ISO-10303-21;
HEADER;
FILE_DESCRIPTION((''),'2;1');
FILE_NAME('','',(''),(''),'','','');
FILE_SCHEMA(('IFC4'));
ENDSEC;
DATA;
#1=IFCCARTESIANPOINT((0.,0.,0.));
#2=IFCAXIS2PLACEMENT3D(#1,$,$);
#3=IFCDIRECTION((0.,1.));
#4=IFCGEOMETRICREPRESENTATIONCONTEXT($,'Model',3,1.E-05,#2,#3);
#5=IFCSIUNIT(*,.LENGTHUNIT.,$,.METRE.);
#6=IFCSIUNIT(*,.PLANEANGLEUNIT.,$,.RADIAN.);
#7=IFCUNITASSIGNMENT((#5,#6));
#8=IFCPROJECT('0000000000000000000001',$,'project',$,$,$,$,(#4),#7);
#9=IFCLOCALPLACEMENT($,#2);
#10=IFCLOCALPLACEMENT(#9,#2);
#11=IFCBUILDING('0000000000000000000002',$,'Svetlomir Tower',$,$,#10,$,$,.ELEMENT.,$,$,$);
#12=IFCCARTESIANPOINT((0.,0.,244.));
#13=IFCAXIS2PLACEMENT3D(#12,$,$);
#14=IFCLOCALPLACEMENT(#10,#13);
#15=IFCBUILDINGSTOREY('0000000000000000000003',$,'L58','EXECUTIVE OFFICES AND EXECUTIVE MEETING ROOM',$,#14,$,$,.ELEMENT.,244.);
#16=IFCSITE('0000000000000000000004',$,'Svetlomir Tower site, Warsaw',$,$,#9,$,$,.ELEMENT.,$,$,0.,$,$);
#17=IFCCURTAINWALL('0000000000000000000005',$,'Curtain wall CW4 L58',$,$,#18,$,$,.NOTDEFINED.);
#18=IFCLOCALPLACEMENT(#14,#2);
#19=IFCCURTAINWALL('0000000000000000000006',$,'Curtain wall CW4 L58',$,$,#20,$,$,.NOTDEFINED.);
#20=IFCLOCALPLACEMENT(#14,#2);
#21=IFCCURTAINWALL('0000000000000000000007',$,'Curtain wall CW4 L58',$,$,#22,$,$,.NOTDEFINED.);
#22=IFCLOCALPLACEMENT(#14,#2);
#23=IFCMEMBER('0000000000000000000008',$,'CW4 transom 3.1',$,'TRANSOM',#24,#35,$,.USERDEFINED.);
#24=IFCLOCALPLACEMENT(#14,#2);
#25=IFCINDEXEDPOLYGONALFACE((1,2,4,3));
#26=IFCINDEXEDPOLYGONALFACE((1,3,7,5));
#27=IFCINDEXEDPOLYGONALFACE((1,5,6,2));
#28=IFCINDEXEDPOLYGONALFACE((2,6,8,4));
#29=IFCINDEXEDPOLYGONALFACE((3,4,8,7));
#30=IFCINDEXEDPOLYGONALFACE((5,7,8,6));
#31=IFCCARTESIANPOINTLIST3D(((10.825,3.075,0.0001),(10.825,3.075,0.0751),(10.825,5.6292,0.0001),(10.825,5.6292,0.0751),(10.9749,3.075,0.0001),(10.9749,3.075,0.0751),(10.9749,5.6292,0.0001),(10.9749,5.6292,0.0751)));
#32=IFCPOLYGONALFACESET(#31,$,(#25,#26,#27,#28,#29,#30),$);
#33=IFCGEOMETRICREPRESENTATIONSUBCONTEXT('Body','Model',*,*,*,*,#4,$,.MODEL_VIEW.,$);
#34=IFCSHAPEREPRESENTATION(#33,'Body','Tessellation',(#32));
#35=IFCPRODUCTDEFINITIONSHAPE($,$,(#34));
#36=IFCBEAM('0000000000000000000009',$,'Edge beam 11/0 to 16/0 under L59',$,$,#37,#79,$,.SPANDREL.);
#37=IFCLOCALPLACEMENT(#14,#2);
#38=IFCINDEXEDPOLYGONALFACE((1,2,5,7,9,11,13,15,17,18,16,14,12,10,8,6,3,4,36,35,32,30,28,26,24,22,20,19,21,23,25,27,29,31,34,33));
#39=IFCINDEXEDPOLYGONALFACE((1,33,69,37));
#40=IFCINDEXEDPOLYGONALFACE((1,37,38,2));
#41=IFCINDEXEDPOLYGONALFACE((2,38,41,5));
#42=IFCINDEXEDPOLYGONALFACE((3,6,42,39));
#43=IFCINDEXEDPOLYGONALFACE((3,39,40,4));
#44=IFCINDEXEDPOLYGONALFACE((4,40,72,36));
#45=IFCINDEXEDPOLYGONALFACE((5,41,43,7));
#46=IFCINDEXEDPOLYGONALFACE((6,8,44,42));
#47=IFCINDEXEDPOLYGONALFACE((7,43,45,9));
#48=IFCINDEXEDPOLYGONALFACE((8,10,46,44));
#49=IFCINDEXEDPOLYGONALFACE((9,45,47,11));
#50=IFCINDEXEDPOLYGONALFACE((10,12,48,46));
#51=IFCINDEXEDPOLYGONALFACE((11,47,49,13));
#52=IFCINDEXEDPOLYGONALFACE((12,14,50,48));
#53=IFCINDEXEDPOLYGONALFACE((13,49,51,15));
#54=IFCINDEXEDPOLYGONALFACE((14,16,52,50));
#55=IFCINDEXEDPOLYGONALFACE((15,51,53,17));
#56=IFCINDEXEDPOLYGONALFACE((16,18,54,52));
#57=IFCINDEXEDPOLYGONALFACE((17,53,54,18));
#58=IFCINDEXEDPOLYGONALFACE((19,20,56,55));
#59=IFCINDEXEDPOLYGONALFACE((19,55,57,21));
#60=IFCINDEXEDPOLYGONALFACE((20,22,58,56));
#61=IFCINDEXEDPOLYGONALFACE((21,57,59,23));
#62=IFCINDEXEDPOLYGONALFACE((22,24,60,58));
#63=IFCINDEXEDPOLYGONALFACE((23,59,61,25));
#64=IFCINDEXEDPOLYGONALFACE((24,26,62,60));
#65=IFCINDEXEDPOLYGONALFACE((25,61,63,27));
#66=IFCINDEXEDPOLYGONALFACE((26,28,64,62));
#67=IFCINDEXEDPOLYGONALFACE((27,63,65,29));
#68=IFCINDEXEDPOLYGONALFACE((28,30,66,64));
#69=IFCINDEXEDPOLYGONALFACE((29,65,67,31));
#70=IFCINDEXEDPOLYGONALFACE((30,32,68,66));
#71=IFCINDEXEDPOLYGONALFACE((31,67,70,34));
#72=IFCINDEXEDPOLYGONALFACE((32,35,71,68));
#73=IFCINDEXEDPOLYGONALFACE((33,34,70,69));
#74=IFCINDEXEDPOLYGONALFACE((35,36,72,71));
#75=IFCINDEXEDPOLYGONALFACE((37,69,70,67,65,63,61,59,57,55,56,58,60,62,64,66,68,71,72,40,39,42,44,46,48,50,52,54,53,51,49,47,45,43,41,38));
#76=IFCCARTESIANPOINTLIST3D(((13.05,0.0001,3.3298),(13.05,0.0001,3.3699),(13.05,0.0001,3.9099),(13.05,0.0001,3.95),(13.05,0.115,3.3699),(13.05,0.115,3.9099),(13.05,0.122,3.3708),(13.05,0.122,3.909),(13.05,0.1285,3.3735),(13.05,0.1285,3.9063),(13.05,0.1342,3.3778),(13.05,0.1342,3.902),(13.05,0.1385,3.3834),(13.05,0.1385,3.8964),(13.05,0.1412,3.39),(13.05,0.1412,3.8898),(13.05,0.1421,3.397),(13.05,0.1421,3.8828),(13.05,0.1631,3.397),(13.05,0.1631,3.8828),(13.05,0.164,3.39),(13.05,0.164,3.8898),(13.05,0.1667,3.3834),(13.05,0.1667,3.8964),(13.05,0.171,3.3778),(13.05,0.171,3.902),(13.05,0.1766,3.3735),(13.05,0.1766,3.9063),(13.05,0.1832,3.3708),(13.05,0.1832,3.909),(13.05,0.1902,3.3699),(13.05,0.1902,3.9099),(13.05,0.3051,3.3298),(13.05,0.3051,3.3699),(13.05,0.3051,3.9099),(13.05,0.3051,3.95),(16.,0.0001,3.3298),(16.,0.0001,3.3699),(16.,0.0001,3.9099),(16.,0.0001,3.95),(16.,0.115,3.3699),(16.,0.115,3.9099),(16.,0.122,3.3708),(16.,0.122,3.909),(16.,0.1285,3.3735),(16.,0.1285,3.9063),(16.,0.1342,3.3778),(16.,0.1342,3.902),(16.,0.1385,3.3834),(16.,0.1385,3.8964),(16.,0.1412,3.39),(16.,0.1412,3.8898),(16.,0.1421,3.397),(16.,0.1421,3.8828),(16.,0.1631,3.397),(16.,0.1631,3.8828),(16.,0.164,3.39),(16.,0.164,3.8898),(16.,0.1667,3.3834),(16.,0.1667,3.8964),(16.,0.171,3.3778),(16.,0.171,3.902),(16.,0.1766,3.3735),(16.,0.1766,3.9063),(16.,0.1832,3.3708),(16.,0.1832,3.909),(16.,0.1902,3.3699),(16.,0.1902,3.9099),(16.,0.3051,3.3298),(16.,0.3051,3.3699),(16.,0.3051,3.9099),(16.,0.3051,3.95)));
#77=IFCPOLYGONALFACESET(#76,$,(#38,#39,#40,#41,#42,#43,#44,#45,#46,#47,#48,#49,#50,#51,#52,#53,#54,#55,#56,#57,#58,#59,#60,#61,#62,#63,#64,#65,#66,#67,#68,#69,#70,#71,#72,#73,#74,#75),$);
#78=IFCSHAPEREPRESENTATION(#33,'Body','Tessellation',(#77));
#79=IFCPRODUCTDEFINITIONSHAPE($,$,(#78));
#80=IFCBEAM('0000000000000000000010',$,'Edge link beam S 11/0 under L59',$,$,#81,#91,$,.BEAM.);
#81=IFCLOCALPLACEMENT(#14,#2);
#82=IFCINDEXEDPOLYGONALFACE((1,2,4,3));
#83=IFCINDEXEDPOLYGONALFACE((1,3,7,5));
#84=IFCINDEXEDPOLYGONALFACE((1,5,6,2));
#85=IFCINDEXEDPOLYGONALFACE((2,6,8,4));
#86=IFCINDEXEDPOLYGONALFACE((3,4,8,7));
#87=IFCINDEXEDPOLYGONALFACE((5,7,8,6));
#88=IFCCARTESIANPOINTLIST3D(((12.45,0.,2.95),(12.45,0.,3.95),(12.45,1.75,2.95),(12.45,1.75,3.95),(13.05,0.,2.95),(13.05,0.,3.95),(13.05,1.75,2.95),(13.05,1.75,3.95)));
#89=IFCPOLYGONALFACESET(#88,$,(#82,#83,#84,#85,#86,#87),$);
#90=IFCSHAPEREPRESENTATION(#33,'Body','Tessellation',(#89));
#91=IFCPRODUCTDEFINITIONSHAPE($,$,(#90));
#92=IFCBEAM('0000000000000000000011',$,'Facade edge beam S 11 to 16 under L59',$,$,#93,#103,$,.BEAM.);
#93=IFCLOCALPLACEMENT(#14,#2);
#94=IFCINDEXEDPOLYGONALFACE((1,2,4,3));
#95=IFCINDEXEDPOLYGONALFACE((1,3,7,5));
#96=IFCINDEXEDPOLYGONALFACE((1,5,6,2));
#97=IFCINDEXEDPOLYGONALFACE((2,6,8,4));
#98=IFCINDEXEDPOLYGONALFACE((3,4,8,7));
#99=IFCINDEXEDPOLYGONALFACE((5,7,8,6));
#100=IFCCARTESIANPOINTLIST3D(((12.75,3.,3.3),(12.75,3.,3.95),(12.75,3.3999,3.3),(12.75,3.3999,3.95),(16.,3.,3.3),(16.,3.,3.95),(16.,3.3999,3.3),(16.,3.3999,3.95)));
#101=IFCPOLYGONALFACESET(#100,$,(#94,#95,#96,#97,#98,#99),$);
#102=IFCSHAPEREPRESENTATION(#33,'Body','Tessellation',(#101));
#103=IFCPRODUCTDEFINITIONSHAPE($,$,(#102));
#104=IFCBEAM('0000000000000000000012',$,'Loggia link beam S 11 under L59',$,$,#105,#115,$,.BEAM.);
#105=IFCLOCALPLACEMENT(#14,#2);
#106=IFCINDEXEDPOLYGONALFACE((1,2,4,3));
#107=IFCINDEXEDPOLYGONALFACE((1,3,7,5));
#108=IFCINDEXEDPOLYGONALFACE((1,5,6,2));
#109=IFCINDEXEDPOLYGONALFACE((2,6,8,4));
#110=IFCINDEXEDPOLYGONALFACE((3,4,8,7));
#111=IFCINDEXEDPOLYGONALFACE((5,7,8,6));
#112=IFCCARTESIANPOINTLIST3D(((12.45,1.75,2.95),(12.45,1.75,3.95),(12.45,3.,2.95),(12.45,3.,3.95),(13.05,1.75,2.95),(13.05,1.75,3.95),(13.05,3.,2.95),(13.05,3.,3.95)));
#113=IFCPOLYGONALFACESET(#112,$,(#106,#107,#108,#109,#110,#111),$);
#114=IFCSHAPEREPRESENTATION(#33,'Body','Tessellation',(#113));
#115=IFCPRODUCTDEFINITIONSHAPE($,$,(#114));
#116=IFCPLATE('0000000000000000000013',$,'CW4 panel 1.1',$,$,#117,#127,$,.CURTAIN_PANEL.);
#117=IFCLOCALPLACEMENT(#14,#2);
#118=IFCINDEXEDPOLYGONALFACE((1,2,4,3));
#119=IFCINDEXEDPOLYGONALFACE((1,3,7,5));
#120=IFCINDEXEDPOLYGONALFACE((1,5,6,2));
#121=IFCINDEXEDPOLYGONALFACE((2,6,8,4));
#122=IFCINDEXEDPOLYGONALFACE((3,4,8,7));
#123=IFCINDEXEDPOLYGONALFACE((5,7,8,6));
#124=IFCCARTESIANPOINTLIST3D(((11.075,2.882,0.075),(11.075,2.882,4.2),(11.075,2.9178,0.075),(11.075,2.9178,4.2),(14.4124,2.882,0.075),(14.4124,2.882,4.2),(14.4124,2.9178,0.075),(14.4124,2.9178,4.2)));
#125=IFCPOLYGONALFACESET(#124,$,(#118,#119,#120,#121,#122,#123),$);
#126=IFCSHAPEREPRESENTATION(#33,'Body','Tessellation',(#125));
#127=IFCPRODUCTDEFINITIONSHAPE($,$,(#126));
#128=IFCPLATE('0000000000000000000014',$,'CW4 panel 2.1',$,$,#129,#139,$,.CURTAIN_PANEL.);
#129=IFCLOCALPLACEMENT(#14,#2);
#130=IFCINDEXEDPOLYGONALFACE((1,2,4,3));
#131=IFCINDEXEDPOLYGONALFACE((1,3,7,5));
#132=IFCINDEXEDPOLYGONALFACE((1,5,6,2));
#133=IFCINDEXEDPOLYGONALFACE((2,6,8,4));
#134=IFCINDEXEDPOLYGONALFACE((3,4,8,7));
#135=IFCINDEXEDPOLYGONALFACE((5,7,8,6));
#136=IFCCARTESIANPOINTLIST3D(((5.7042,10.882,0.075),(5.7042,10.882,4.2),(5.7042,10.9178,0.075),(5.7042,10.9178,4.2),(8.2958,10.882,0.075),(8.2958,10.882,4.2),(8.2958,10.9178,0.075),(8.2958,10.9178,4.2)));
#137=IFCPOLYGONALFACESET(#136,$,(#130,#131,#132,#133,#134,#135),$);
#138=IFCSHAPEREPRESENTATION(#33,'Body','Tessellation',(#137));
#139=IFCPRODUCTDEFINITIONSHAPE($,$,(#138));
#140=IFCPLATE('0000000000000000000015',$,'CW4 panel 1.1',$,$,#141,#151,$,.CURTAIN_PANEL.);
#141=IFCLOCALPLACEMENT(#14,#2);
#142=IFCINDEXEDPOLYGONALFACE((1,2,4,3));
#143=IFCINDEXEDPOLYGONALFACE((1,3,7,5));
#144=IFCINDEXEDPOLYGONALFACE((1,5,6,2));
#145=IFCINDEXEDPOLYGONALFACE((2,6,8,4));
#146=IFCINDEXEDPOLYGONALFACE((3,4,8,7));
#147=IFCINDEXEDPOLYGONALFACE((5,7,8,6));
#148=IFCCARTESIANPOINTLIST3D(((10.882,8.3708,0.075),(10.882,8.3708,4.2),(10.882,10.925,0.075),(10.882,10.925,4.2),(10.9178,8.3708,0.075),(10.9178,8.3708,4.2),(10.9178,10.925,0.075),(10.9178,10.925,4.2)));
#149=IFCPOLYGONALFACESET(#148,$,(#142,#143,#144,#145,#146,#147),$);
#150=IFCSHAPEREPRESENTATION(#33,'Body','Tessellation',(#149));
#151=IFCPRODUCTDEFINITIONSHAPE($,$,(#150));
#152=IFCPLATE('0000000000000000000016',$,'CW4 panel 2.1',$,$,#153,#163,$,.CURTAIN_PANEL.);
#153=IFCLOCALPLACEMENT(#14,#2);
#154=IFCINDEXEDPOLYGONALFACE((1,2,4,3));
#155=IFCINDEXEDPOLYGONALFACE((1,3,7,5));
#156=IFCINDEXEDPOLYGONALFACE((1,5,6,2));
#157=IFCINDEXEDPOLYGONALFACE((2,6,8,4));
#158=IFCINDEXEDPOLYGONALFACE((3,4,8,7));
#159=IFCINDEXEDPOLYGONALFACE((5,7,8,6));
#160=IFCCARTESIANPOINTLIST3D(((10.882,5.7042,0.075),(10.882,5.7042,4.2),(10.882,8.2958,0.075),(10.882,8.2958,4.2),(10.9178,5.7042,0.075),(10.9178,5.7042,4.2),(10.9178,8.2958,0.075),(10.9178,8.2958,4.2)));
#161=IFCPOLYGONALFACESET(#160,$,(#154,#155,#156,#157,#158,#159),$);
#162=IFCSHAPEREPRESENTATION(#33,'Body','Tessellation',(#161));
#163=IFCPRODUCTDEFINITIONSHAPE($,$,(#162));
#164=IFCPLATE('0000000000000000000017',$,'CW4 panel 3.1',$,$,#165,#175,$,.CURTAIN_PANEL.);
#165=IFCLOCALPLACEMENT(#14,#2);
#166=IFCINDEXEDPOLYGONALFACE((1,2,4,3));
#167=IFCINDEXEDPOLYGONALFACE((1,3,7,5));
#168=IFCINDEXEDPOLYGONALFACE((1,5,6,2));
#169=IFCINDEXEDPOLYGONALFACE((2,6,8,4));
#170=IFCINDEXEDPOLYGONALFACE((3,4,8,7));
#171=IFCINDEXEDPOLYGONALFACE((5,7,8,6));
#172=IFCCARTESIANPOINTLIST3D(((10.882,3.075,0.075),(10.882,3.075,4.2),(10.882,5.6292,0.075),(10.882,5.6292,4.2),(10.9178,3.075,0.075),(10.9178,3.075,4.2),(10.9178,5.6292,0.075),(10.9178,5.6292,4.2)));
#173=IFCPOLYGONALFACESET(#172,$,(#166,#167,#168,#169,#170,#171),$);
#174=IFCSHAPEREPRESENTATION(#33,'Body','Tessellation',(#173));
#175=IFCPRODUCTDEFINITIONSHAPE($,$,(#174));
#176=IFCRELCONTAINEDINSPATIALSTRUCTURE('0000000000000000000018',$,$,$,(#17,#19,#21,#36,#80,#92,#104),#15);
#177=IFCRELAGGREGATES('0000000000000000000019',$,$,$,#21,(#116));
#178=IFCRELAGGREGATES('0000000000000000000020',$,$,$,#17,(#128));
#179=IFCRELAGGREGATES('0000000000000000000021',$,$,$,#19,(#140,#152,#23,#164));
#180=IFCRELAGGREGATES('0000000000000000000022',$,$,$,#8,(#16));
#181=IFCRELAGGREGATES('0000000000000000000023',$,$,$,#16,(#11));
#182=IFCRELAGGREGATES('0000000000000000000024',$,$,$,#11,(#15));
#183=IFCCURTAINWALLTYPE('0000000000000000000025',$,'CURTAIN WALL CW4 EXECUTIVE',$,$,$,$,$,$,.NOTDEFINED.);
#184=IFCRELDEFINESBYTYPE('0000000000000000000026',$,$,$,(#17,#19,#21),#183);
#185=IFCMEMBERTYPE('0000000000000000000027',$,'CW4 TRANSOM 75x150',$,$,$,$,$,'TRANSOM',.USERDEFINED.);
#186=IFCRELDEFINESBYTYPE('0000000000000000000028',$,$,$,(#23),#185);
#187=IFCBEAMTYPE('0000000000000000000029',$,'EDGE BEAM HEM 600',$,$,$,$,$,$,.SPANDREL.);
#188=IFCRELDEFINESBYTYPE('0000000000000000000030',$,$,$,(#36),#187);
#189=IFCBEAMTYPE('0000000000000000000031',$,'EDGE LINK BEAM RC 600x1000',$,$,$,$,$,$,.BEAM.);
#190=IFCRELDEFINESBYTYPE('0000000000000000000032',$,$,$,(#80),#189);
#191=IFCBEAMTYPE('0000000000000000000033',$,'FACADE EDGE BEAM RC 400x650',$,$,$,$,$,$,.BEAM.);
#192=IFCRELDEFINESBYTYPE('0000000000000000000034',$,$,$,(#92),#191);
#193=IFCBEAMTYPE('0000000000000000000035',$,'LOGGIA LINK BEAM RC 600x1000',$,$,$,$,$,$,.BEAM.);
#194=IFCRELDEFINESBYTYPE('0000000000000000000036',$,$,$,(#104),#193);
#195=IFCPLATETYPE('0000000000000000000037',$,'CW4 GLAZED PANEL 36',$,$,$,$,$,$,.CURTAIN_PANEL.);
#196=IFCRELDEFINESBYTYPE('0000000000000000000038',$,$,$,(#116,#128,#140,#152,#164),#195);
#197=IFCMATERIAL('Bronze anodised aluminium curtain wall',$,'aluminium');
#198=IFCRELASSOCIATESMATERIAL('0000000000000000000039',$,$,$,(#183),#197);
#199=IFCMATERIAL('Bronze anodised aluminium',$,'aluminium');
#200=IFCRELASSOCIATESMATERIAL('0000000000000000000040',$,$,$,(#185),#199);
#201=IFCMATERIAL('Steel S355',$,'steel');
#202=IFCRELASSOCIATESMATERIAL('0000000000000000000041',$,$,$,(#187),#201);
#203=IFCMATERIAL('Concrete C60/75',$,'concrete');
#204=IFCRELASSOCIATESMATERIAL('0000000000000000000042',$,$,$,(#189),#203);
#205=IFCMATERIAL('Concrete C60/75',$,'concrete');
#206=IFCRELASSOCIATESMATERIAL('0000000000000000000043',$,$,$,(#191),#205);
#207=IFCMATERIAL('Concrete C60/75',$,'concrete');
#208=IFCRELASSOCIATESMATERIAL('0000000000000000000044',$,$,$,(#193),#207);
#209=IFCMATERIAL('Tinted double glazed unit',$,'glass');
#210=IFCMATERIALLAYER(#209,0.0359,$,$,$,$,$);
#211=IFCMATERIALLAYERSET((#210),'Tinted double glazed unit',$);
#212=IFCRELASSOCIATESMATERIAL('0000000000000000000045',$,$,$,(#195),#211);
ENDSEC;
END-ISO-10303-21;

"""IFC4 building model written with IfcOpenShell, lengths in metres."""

from ifc_helpers import new_model, si_unit, direction, frame, origin, origin_2d, place, context, subcontext, project, spatial, rectangle, i_section, extrude, material, layer, layer_set, material_profile, profile_set, type_object, element, aggregate, save


model = new_model("IFC4")

# Units and contexts
model_context = context("Model", 3, precision=1e-05, world=origin(), true_north=direction((0.0, 1.0)))
body_context = subcontext(model_context, "Body", "Model", "MODEL_VIEW")
ifc_project = project(units=[si_unit("LENGTHUNIT", "METRE"), si_unit("PLANEANGLEUNIT", "RADIAN")], contexts=[model_context])

# Site, building, storey
site_placement = place(None, origin())
site = spatial("IfcSite", under=ifc_project, at=site_placement, Name="Svetlomir Tower site, Warsaw", CompositionType="ELEMENT", RefElevation=0.0)
building_placement = place(site_placement, origin())
building = spatial("IfcBuilding", under=site, at=building_placement, Name="Svetlomir Tower", CompositionType="ELEMENT")
storey_placement = place(building_placement, frame((0.0, 0.0, 244.0)))
storey = spatial("IfcBuildingStorey", under=building, at=storey_placement, Name="L58", Description="EXECUTIVE OFFICES AND EXECUTIVE MEETING ROOM", CompositionType="ELEMENT", Elevation=244.0)

# Curtain walls
ifc_material_1 = material(Name="Bronze anodised aluminium curtain wall", Category="aluminium")
curtain_wall_type = type_object("IfcCurtainWallType", Name="CURTAIN WALL CW4 EXECUTIVE", PredefinedType="NOTDEFINED", material=ifc_material_1)
curtain_wall_1_placement = place(storey_placement, origin())
curtain_wall_1 = element("IfcCurtainWall", 1, at=curtain_wall_1_placement, inside=storey, type_object=curtain_wall_type, Name="Curtain wall CW4 L58", PredefinedType="NOTDEFINED")
curtain_wall_2_placement = place(storey_placement, origin())
curtain_wall_2 = element("IfcCurtainWall", 2, at=curtain_wall_2_placement, inside=storey, type_object=curtain_wall_type, Name="Curtain wall CW4 L58", PredefinedType="NOTDEFINED")

# Curtain wall
curtain_wall_3_placement = place(storey_placement, origin())
curtain_wall_3 = element("IfcCurtainWall", 3, at=curtain_wall_3_placement, inside=storey, type_object=curtain_wall_type, Name="Curtain wall CW4 L58", PredefinedType="NOTDEFINED")

# Member
ifc_material_2 = material(Name="Bronze anodised aluminium", Category="aluminium")
ifc_material_profile_1 = material_profile(ifc_material_2, rectangle(XDim=0.1499, YDim=0.075, at=origin_2d()), Name="AL 150x75")
ifc_profile_set_1 = profile_set([ifc_material_profile_1], Name="Bronze anodised aluminium 6063-T6")
member_type_1 = type_object("IfcMemberType", Name="CW4 TRANSOM 75x150", ElementType="TRANSOM", PredefinedType="USERDEFINED", material=ifc_profile_set_1)
member_1_placement = place(storey_placement, frame((10.8999, 5.6292, 0.0376), z_axis=(0.0, -1.0, 0.0), x_axis=(1.0, 0.0, 0.0)))
member_1 = element("IfcMember", 4, at=member_1_placement, type_object=member_type_1, Name="CW4 transom 3.1", ObjectType="TRANSOM", PredefinedType="USERDEFINED", context=body_context, shape_type="SweptSolid", body=[
    extrude(rectangle(XDim=0.1499, YDim=0.075, at=origin_2d()), origin(), (0.0, 0.0, 1.0), 2.5542),
])

# Beams
ifc_material_3 = material(Name="Steel S355", Category="steel")
ifc_material_profile_2 = material_profile(ifc_material_3, i_section(OverallWidth=0.3049, OverallDepth=0.6201, WebThickness=0.021, FlangeThickness=0.04, FilletRadius=0.0271, at=origin_2d()), Name="HEM 600")
ifc_profile_set_2 = profile_set([ifc_material_profile_2], Name="Steel S355")
beam_type_1 = type_object("IfcBeamType", Name="EDGE BEAM HEM 600", PredefinedType="SPANDREL", material=ifc_profile_set_2)
beam_1_placement = place(storey_placement, frame((13.05, 0.1526, 3.6399), z_axis=(1.0, 0.0, 0.0), x_axis=(0.0, 1.0, 0.0)))
element("IfcBeam", 5, at=beam_1_placement, inside=storey, type_object=beam_type_1, Name="Edge beam 11/0 to 16/0 under L59", PredefinedType="SPANDREL", context=body_context, shape_type="SweptSolid", body=[
    extrude(i_section(OverallWidth=0.3049, OverallDepth=0.6201, WebThickness=0.021, FlangeThickness=0.04, FilletRadius=0.0271, at=origin_2d()), origin(), (0.0, 0.0, 1.0), 2.95),
])
ifc_material_4 = material(Name="Concrete C60/75", Category="concrete")
ifc_material_profile_3 = material_profile(ifc_material_4, rectangle(XDim=0.6001, YDim=1.0, at=origin_2d()), Name="RC 600x1000")
ifc_profile_set_3 = profile_set([ifc_material_profile_3], Name="Concrete C60/75")
beam_type_2 = type_object("IfcBeamType", Name="EDGE LINK BEAM RC 600x1000", PredefinedType="BEAM", material=ifc_profile_set_3)
beam_2_placement = place(storey_placement, frame((12.75, 1.75, 3.45), z_axis=(0.0, -1.0, 0.0), x_axis=(1.0, 0.0, 0.0)))
element("IfcBeam", 6, at=beam_2_placement, inside=storey, type_object=beam_type_2, Name="Edge link beam S 11/0 under L59", PredefinedType="BEAM", context=body_context, shape_type="SweptSolid", body=[
    extrude(rectangle(XDim=0.6001, YDim=1.0, at=origin_2d()), origin(), (0.0, 0.0, 1.0), 1.75),
])
ifc_material_5 = material(Name="Concrete C60/75", Category="concrete")
ifc_material_profile_4 = material_profile(ifc_material_5, rectangle(XDim=0.3999, YDim=0.6499, at=origin_2d()), Name="RC 400x650")
ifc_profile_set_4 = profile_set([ifc_material_profile_4], Name="Concrete C60/75")
beam_type_3 = type_object("IfcBeamType", Name="FACADE EDGE BEAM RC 400x650", PredefinedType="BEAM", material=ifc_profile_set_4)
beam_3_placement = place(storey_placement, frame((12.75, 3.2, 3.625), z_axis=(1.0, 0.0, 0.0), x_axis=(0.0, 1.0, 0.0)))
element("IfcBeam", 7, at=beam_3_placement, inside=storey, type_object=beam_type_3, Name="Facade edge beam S 11 to 16 under L59", PredefinedType="BEAM", context=body_context, shape_type="SweptSolid", body=[
    extrude(rectangle(XDim=0.3999, YDim=0.6499, at=origin_2d()), origin(), (0.0, 0.0, 1.0), 3.25),
])
ifc_material_6 = material(Name="Concrete C60/75", Category="concrete")
ifc_material_profile_5 = material_profile(ifc_material_6, rectangle(XDim=0.6001, YDim=1.0, at=origin_2d()), Name="RC 600x1000")
ifc_profile_set_5 = profile_set([ifc_material_profile_5], Name="Concrete C60/75")
beam_type_4 = type_object("IfcBeamType", Name="LOGGIA LINK BEAM RC 600x1000", PredefinedType="BEAM", material=ifc_profile_set_5)
beam_4_placement = place(storey_placement, frame((12.75, 1.75, 3.45), z_axis=(0.0, 1.0, 0.0), x_axis=(-1.0, 0.0, 0.0)))
element("IfcBeam", 8, at=beam_4_placement, inside=storey, type_object=beam_type_4, Name="Loggia link beam S 11 under L59", PredefinedType="BEAM", context=body_context, shape_type="SweptSolid", body=[
    extrude(rectangle(XDim=0.6001, YDim=1.0, at=origin_2d()), origin(), (0.0, 0.0, 1.0), 1.25),
])

# Plates
ifc_material_7 = material(Name="Tinted double glazed unit", Category="glass")
ifc_layer = layer(ifc_material_7, 0.0359)
ifc_layer_set = layer_set([ifc_layer], Name="Tinted double glazed unit")
plate_type = type_object("IfcPlateType", Name="CW4 GLAZED PANEL 36", PredefinedType="CURTAIN_PANEL", material=ifc_layer_set)
plate_1_placement = place(storey_placement, frame((12.7437, 2.8999, 0.075), z_axis=(0.0, 0.0, 1.0), x_axis=(1.0, 0.0, 0.0)))
plate_1 = element("IfcPlate", 9, at=plate_1_placement, type_object=plate_type, Name="CW4 panel 1.1", PredefinedType="CURTAIN_PANEL", context=body_context, shape_type="SweptSolid", body=[
    extrude(rectangle(XDim=3.3374, YDim=0.0359, at=origin_2d()), origin(), (0.0, 0.0, 1.0), 4.125),
])
aggregate(curtain_wall_3, [plate_1])
plate_2_placement = place(storey_placement, frame((7.0, 10.8999, 0.075), z_axis=(0.0, 0.0, 1.0), x_axis=(1.0, 0.0, 0.0)))
plate_2 = element("IfcPlate", 10, at=plate_2_placement, type_object=plate_type, Name="CW4 panel 2.1", PredefinedType="CURTAIN_PANEL", context=body_context, shape_type="SweptSolid", body=[
    extrude(rectangle(XDim=2.5916, YDim=0.0359, at=origin_2d()), origin(), (0.0, 0.0, 1.0), 4.125),
])
aggregate(curtain_wall_1, [plate_2])
plate_3_placement = place(storey_placement, frame((10.8999, 9.6479, 0.075), z_axis=(0.0, 0.0, 1.0), x_axis=(0.0, -1.0, 0.0)))
plate_3 = element("IfcPlate", 11, at=plate_3_placement, type_object=plate_type, Name="CW4 panel 1.1", PredefinedType="CURTAIN_PANEL", context=body_context, shape_type="SweptSolid", body=[
    extrude(rectangle(XDim=2.5542, YDim=0.0359, at=origin_2d()), origin(), (0.0, 0.0, 1.0), 4.125),
])
plate_4_placement = place(storey_placement, frame((10.8999, 7.0, 0.075), z_axis=(0.0, 0.0, 1.0), x_axis=(0.0, -1.0, 0.0)))
plate_4 = element("IfcPlate", 12, at=plate_4_placement, type_object=plate_type, Name="CW4 panel 2.1", PredefinedType="CURTAIN_PANEL", context=body_context, shape_type="SweptSolid", body=[
    extrude(rectangle(XDim=2.5916, YDim=0.0359, at=origin_2d()), origin(), (0.0, 0.0, 1.0), 4.125),
])
plate_5_placement = place(storey_placement, frame((10.8999, 4.3521, 0.075), z_axis=(0.0, 0.0, 1.0), x_axis=(0.0, -1.0, 0.0)))
plate_5 = element("IfcPlate", 13, at=plate_5_placement, type_object=plate_type, Name="CW4 panel 3.1", PredefinedType="CURTAIN_PANEL", context=body_context, shape_type="SweptSolid", body=[
    extrude(rectangle(XDim=2.5542, YDim=0.0359, at=origin_2d()), origin(), (0.0, 0.0, 1.0), 4.125),
])
aggregate(curtain_wall_2, [plate_3, plate_4, member_1, plate_5])

save(model, "model.ifc")
